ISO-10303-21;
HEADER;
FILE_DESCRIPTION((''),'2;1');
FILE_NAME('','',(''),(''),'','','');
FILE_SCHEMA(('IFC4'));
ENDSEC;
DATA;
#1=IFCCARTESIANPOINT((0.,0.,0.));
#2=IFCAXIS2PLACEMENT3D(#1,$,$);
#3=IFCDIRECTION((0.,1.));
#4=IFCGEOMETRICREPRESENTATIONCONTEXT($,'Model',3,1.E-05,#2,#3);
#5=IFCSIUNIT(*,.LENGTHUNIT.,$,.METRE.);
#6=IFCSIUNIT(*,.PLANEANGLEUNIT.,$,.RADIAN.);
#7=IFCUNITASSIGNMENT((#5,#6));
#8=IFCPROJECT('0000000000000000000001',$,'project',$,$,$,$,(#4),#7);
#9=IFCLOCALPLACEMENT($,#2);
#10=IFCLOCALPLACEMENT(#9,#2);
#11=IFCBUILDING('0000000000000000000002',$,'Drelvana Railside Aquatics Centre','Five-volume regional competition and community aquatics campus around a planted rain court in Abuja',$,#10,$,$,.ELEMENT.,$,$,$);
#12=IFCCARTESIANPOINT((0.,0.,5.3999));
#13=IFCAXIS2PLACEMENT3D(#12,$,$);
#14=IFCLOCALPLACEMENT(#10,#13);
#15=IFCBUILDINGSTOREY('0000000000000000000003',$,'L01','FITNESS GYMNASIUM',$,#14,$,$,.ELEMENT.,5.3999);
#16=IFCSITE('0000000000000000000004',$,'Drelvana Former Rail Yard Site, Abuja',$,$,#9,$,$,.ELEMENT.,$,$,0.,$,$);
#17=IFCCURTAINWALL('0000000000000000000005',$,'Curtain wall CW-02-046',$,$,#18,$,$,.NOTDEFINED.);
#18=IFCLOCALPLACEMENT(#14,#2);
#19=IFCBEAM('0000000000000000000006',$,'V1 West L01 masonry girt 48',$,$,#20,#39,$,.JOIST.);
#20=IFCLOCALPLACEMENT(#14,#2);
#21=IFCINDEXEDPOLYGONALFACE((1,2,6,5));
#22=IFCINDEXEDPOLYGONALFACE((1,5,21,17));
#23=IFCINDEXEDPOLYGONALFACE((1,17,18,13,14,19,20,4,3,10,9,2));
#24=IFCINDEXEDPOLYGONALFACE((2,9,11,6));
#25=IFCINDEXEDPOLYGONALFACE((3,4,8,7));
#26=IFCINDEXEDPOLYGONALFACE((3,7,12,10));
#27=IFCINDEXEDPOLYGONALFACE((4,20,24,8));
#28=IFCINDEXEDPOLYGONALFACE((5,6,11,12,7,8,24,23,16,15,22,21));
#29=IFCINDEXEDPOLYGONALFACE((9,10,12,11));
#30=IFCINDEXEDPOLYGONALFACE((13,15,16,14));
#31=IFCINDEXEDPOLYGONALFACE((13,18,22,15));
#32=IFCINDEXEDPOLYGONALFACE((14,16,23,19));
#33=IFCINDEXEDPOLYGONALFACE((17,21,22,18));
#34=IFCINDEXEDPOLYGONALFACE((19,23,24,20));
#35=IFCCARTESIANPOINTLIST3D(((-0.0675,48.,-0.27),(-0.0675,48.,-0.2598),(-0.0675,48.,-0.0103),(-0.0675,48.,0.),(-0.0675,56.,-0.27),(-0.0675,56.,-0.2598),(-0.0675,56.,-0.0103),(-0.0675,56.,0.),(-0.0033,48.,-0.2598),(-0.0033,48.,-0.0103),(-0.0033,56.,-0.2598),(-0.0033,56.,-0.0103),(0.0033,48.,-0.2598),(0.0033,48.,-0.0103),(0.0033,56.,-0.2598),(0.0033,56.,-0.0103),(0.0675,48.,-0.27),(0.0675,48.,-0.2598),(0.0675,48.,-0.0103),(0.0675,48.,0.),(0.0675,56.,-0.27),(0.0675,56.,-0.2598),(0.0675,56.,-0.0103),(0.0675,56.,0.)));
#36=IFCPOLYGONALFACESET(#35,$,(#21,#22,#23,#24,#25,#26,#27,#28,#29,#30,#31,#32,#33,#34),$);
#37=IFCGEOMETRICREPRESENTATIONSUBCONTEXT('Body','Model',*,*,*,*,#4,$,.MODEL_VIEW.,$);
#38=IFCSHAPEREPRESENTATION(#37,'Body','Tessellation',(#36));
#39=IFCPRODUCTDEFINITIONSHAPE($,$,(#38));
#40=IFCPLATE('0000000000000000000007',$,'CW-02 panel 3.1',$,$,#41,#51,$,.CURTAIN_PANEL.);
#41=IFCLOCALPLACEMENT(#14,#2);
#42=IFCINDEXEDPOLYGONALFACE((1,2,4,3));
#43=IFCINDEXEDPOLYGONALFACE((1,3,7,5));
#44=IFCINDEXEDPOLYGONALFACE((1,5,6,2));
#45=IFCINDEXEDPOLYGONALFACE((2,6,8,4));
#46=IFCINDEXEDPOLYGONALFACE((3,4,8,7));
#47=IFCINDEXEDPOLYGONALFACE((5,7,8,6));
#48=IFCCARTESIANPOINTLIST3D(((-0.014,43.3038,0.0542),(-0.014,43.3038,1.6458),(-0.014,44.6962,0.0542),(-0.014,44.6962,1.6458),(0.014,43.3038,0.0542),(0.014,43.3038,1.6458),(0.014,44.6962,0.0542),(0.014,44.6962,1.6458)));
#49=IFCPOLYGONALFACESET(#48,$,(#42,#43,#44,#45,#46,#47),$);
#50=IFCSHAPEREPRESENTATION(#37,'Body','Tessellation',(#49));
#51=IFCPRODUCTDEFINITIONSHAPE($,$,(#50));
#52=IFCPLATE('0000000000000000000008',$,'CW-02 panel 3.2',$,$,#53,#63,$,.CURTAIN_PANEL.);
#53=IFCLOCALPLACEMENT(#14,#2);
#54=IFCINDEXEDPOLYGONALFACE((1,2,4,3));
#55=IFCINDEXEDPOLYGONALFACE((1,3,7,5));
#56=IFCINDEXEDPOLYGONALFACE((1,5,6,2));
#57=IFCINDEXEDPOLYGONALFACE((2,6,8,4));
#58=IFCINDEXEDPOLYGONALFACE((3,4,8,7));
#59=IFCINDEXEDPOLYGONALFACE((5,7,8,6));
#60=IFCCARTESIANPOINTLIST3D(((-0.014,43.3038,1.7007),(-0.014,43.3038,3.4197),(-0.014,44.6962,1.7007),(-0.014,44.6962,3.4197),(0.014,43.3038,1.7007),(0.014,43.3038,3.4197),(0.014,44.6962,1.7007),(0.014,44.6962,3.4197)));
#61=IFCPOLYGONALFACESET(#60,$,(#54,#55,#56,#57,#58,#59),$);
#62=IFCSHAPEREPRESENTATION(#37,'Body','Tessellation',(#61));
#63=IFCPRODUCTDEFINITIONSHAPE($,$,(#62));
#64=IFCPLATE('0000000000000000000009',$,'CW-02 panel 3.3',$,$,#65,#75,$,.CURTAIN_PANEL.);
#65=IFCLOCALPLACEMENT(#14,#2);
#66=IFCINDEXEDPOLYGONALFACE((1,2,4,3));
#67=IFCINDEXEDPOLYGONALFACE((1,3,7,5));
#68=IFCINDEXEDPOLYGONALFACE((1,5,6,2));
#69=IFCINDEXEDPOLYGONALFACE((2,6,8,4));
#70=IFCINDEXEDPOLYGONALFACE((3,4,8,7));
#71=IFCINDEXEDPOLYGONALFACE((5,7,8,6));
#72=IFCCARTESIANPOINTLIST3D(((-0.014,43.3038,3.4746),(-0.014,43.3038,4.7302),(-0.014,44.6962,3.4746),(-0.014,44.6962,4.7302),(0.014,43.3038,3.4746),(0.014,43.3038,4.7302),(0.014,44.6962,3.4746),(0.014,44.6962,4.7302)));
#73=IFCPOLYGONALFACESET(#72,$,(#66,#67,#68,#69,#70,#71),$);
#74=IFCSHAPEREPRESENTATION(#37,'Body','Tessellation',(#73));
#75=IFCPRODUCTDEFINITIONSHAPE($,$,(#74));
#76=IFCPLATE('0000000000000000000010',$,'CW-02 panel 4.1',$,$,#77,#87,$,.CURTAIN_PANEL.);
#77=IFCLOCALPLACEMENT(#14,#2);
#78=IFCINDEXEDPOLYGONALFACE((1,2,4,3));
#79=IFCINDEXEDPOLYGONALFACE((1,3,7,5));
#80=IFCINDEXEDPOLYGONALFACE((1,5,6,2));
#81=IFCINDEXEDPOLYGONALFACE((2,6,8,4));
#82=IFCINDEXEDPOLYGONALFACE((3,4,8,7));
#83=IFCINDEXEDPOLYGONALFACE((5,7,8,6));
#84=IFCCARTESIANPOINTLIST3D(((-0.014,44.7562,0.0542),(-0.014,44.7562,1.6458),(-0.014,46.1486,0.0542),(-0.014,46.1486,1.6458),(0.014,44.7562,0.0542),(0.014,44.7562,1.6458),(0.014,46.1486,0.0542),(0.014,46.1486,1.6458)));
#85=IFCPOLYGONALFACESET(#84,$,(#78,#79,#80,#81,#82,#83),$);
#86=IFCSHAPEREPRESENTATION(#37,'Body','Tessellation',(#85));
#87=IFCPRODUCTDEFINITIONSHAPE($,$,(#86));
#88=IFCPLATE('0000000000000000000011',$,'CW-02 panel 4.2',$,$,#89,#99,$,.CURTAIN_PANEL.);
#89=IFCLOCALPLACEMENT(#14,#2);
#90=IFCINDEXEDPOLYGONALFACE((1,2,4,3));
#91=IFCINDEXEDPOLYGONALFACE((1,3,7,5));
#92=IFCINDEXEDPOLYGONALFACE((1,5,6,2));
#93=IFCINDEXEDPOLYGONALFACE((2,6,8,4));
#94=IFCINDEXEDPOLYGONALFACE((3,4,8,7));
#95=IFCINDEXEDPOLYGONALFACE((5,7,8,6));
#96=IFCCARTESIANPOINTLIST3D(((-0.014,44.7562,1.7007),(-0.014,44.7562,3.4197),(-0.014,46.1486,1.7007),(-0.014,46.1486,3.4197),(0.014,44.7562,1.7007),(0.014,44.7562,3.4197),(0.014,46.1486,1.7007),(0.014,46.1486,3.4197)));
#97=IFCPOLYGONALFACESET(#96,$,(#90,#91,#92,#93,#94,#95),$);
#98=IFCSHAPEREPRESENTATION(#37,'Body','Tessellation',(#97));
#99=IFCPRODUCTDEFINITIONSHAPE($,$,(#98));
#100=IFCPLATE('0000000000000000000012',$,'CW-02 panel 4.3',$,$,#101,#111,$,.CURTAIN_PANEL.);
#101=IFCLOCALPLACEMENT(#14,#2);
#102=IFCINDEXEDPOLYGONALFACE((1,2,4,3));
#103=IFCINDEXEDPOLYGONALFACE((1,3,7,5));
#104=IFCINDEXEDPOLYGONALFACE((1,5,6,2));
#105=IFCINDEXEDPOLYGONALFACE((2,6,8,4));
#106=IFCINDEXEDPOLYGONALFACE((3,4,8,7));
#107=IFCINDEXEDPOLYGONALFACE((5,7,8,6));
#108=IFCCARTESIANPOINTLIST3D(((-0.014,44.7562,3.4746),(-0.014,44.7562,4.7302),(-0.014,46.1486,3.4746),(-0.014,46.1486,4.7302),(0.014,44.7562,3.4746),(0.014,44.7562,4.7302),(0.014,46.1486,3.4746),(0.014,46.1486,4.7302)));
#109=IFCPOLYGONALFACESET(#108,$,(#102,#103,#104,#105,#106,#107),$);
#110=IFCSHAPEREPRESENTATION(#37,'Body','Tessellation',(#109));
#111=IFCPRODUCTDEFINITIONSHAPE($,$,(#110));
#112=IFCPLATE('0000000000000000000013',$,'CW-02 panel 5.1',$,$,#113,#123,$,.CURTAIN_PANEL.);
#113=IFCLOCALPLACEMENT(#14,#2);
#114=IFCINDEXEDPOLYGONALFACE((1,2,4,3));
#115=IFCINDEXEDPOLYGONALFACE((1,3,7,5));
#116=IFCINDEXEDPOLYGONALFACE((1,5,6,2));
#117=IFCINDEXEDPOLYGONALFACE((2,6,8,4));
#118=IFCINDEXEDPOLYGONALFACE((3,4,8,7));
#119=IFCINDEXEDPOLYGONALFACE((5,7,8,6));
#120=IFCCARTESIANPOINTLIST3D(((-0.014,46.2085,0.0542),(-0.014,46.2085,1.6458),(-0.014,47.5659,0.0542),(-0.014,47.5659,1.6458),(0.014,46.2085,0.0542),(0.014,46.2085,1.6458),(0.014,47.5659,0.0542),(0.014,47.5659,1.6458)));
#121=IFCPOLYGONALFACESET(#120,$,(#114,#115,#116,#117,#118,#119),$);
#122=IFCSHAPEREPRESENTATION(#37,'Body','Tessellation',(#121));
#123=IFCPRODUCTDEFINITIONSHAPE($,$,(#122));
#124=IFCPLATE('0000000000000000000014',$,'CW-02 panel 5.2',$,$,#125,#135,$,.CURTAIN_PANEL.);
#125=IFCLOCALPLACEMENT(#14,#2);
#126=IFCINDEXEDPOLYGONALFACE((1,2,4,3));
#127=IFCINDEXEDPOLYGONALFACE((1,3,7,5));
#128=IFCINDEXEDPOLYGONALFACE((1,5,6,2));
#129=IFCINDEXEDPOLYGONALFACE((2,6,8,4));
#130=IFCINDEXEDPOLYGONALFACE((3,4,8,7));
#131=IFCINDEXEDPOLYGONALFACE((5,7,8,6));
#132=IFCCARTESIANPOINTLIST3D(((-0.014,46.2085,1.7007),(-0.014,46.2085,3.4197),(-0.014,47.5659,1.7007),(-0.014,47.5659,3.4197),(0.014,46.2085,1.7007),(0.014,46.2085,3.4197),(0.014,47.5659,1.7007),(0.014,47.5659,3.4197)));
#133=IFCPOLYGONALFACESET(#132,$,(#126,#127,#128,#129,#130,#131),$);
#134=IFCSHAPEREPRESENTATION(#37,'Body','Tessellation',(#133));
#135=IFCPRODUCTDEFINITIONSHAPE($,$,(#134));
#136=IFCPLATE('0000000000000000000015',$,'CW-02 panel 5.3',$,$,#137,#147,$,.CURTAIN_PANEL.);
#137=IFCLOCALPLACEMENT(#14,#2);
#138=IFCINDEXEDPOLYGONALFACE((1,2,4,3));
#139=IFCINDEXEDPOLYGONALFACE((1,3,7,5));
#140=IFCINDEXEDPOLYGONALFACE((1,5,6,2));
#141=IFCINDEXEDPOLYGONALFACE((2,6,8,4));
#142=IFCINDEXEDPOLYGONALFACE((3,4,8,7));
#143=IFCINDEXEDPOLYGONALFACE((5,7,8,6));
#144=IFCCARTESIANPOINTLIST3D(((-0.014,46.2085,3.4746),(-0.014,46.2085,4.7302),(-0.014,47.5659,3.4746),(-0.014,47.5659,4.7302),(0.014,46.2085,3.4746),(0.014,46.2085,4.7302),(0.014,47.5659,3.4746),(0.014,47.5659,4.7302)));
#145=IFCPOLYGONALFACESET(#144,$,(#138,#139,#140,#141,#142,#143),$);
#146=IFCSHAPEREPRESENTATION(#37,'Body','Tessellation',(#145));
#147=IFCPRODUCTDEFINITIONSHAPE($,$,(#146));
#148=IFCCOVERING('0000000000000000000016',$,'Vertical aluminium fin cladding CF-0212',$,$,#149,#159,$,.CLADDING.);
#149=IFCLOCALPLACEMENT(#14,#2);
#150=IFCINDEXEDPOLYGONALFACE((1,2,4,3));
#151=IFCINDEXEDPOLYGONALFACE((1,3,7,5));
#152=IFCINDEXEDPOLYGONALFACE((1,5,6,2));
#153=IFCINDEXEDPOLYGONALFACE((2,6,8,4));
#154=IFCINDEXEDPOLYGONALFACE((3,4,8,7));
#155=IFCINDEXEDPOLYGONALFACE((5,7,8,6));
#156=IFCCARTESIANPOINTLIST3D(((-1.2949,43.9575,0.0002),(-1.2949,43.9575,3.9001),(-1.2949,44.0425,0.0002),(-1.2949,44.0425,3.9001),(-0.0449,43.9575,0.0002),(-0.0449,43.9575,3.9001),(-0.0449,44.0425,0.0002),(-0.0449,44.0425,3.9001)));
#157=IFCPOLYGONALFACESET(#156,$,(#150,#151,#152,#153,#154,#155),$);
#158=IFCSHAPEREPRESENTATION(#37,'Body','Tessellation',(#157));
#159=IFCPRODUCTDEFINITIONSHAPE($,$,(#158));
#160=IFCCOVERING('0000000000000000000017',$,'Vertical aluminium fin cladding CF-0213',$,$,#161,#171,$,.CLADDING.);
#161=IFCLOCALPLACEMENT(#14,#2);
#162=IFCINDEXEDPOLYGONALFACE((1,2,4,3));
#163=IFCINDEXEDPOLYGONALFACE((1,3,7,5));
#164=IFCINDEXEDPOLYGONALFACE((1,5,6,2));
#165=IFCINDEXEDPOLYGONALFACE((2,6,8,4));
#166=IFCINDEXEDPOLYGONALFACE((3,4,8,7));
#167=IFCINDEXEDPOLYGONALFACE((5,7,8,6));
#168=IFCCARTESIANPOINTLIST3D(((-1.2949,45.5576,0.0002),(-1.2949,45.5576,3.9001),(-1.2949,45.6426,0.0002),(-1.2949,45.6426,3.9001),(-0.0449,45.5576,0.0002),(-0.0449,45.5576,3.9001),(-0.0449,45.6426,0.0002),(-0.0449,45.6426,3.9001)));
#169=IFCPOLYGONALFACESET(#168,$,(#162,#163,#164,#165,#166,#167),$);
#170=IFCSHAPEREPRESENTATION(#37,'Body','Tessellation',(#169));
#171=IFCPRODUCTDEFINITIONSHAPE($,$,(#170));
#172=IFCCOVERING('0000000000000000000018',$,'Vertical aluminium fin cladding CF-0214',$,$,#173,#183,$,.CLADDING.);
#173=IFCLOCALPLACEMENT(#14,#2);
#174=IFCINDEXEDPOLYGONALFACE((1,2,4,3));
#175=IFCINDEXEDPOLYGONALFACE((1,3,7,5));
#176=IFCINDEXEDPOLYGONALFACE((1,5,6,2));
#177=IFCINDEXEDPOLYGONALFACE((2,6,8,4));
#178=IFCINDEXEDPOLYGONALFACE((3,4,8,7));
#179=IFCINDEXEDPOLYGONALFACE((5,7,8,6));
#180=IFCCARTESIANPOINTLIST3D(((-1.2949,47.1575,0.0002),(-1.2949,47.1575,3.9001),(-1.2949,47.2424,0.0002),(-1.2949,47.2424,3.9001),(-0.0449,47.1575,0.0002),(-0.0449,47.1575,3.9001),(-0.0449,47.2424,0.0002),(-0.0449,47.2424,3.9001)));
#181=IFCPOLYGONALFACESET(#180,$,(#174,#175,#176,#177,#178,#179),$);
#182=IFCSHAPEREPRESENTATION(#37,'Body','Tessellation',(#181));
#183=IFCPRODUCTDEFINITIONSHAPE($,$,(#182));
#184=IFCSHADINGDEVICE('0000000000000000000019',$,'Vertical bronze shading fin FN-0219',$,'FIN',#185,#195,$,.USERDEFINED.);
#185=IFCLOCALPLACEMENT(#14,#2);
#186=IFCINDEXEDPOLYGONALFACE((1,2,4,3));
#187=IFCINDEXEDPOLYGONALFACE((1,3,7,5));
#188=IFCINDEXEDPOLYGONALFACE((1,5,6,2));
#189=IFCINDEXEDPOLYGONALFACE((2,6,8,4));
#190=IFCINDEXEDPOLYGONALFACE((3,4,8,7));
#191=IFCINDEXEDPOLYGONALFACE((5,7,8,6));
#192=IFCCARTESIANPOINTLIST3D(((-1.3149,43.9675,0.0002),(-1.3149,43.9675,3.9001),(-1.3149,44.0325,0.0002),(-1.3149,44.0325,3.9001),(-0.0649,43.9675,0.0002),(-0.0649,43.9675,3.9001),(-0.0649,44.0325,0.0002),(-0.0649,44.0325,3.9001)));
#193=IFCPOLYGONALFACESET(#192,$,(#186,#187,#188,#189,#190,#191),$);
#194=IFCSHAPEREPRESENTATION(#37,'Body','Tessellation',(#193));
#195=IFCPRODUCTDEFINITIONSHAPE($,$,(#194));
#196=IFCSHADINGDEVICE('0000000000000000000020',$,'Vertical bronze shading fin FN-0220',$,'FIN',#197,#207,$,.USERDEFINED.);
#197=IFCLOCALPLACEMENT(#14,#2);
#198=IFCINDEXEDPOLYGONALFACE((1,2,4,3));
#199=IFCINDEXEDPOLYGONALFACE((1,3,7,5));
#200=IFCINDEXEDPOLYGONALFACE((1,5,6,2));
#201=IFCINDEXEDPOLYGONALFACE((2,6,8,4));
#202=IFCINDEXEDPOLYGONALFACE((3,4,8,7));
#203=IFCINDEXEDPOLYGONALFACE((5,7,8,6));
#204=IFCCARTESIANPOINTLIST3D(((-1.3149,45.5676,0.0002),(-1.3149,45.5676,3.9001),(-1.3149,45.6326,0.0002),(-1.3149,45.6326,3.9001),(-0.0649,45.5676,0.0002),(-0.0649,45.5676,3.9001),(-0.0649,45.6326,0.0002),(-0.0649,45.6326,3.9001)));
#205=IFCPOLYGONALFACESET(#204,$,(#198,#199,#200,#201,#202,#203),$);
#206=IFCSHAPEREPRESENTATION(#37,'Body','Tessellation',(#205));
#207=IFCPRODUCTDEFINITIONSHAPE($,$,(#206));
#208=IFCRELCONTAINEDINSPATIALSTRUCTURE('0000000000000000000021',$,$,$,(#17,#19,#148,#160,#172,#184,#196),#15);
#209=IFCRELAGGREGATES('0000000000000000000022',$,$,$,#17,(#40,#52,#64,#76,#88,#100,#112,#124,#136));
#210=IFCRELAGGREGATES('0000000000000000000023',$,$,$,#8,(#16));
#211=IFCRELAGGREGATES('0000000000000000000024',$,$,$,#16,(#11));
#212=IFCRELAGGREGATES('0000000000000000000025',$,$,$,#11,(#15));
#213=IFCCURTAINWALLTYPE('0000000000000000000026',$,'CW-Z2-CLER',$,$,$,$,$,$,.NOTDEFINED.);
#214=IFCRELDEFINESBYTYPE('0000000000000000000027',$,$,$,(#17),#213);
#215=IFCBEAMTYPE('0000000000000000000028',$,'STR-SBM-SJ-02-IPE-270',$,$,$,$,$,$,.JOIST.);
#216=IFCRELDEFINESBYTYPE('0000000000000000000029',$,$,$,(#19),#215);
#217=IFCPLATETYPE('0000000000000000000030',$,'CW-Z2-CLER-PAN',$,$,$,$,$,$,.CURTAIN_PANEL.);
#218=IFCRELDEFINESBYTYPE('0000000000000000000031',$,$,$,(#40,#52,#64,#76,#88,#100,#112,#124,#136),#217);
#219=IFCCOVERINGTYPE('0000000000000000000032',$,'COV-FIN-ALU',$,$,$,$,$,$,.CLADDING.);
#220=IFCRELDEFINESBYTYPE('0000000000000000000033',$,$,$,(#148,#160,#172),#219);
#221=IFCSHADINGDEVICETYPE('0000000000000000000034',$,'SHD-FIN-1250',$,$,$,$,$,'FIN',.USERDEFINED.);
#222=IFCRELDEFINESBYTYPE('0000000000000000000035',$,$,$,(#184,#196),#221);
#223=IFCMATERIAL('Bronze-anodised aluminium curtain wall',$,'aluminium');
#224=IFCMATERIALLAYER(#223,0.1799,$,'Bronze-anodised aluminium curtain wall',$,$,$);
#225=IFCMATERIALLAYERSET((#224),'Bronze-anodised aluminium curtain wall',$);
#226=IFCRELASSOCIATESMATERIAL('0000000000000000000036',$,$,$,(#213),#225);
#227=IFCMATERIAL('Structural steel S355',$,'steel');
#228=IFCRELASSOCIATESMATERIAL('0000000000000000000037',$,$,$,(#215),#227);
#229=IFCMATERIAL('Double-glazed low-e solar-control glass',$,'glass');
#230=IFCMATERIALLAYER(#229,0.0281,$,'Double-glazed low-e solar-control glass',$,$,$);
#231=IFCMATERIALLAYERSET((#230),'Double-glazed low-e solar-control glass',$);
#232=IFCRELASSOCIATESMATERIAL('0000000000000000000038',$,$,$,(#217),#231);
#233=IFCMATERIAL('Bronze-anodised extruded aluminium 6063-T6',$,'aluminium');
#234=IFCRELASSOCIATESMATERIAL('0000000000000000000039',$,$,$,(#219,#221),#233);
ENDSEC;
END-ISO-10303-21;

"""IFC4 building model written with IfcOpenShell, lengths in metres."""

from ifc_helpers import new_model, si_unit, direction, frame, origin, origin_2d, place, context, subcontext, project, spatial, rectangle, i_section, extrude, material, layer, layer_set, material_profile, profile_set, type_object, element, aggregate, save


model = new_model("IFC4")

# Units and contexts
model_context = context("Model", 3, precision=1e-05, world=origin(), true_north=direction((0.0, 1.0)))
body_context = subcontext(model_context, "Body", "Model", "MODEL_VIEW")
ifc_project = project(units=[si_unit("LENGTHUNIT", "METRE"), si_unit("PLANEANGLEUNIT", "RADIAN")], contexts=[model_context])

# Site, building, storey
site_placement = place(None, origin())
site = spatial("IfcSite", under=ifc_project, at=site_placement, Name="Drelvana Former Rail Yard Site, Abuja", CompositionType="ELEMENT", RefElevation=0.0)
building_placement = place(site_placement, origin())
building = spatial("IfcBuilding", under=site, at=building_placement, Name="Drelvana Railside Aquatics Centre", Description="Five-volume regional competition and community aquatics campus around a planted rain court in Abuja", CompositionType="ELEMENT")
storey_placement = place(building_placement, frame((0.0, 0.0, 5.3999)))
storey = spatial("IfcBuildingStorey", under=building, at=storey_placement, Name="L01", Description="FITNESS GYMNASIUM", CompositionType="ELEMENT", Elevation=5.3999)

# Curtain wall
ifc_material_1 = material(Name="Bronze-anodised aluminium curtain wall", Category="aluminium")
ifc_layer_1 = layer(ifc_material_1, 0.1799, Name="Bronze-anodised aluminium curtain wall")
ifc_layer_set_1 = layer_set([ifc_layer_1], Name="Bronze-anodised aluminium curtain wall")
curtain_wall_type = type_object("IfcCurtainWallType", Name="CW-Z2-CLER", PredefinedType="NOTDEFINED", material=ifc_layer_set_1)
curtain_wall_placement = place(storey_placement, origin())
curtain_wall = element("IfcCurtainWall", 1, at=curtain_wall_placement, inside=storey, type_object=curtain_wall_type, Name="Curtain wall CW-02-046", PredefinedType="NOTDEFINED")

# Beam
ifc_material_2 = material(Name="Structural steel S355", Category="steel")
ifc_material_profile_1 = material_profile(ifc_material_2, i_section(OverallWidth=0.135, OverallDepth=0.27, WebThickness=0.0066, FlangeThickness=0.0103, at=origin_2d()), Name="IPE 270")
ifc_profile_set_1 = profile_set([ifc_material_profile_1], Name="Structural steel S355")
beam_type = type_object("IfcBeamType", Name="STR-SBM-SJ-02-IPE-270", PredefinedType="JOIST", material=ifc_profile_set_1)
beam_placement = place(storey_placement, frame((0.0, 48.0, -0.135), z_axis=(0.0, 1.0, 0.0), x_axis=(-1.0, 0.0, 0.0)))
element("IfcBeam", 2, at=beam_placement, inside=storey, type_object=beam_type, Name="V1 West L01 masonry girt 48", PredefinedType="JOIST", context=body_context, shape_type="SweptSolid", body=[
    extrude(i_section(OverallWidth=0.135, OverallDepth=0.27, WebThickness=0.0066, FlangeThickness=0.0103, at=origin_2d()), origin(), (0.0, 0.0, 1.0), 8.0),
])

# Plates
ifc_material_3 = material(Name="Double-glazed low-e solar-control glass", Category="glass")
ifc_layer_2 = layer(ifc_material_3, 0.0281, Name="Double-glazed low-e solar-control glass")
ifc_layer_set_2 = layer_set([ifc_layer_2], Name="Double-glazed low-e solar-control glass")
plate_type = type_object("IfcPlateType", Name="CW-Z2-CLER-PAN", PredefinedType="CURTAIN_PANEL", material=ifc_layer_set_2)
plate_1_placement = place(storey_placement, frame((0.0, 44.0, 0.0542), z_axis=(0.0, 0.0, 1.0), x_axis=(0.0, 1.0, 0.0)))
plate_1 = element("IfcPlate", 3, at=plate_1_placement, type_object=plate_type, Name="CW-02 panel 3.1", PredefinedType="CURTAIN_PANEL", context=body_context, shape_type="SweptSolid", body=[
    extrude(rectangle(XDim=1.3923, YDim=0.0281, at=origin_2d()), origin(), (0.0, 0.0, 1.0), 1.5916),
])
plate_2_placement = place(storey_placement, frame((0.0, 44.0, 1.7007), z_axis=(0.0, 0.0, 1.0), x_axis=(0.0, 1.0, 0.0)))
plate_2 = element("IfcPlate", 4, at=plate_2_placement, type_object=plate_type, Name="CW-02 panel 3.2", PredefinedType="CURTAIN_PANEL", context=body_context, shape_type="SweptSolid", body=[
    extrude(rectangle(XDim=1.3923, YDim=0.0281, at=origin_2d()), origin(), (0.0, 0.0, 1.0), 1.719),
])
plate_3_placement = place(storey_placement, frame((0.0, 44.0, 3.4746), z_axis=(0.0, 0.0, 1.0), x_axis=(0.0, 1.0, 0.0)))
plate_3 = element("IfcPlate", 5, at=plate_3_placement, type_object=plate_type, Name="CW-02 panel 3.3", PredefinedType="CURTAIN_PANEL", context=body_context, shape_type="SweptSolid", body=[
    extrude(rectangle(XDim=1.3923, YDim=0.0281, at=origin_2d()), origin(), (0.0, 0.0, 1.0), 1.2556),
])
plate_4_placement = place(storey_placement, frame((0.0, 45.4524, 0.0542), z_axis=(0.0, 0.0, 1.0), x_axis=(0.0, 1.0, 0.0)))
plate_4 = element("IfcPlate", 6, at=plate_4_placement, type_object=plate_type, Name="CW-02 panel 4.1", PredefinedType="CURTAIN_PANEL", context=body_context, shape_type="SweptSolid", body=[
    extrude(rectangle(XDim=1.3923, YDim=0.0281, at=origin_2d()), origin(), (0.0, 0.0, 1.0), 1.5916),
])
plate_5_placement = place(storey_placement, frame((0.0, 45.4524, 1.7007), z_axis=(0.0, 0.0, 1.0), x_axis=(0.0, 1.0, 0.0)))
plate_5 = element("IfcPlate", 7, at=plate_5_placement, type_object=plate_type, Name="CW-02 panel 4.2", PredefinedType="CURTAIN_PANEL", context=body_context, shape_type="SweptSolid", body=[
    extrude(rectangle(XDim=1.3923, YDim=0.0281, at=origin_2d()), origin(), (0.0, 0.0, 1.0), 1.719),
])
plate_6_placement = place(storey_placement, frame((0.0, 45.4524, 3.4746), z_axis=(0.0, 0.0, 1.0), x_axis=(0.0, 1.0, 0.0)))
plate_6 = element("IfcPlate", 8, at=plate_6_placement, type_object=plate_type, Name="CW-02 panel 4.3", PredefinedType="CURTAIN_PANEL", context=body_context, shape_type="SweptSolid", body=[
    extrude(rectangle(XDim=1.3923, YDim=0.0281, at=origin_2d()), origin(), (0.0, 0.0, 1.0), 1.2556),
])
plate_7_placement = place(storey_placement, frame((0.0, 46.8872, 0.0542), z_axis=(0.0, 0.0, 1.0), x_axis=(0.0, 1.0, 0.0)))
plate_7 = element("IfcPlate", 9, at=plate_7_placement, type_object=plate_type, Name="CW-02 panel 5.1", PredefinedType="CURTAIN_PANEL", context=body_context, shape_type="SweptSolid", body=[
    extrude(rectangle(XDim=1.3574, YDim=0.0281, at=origin_2d()), origin(), (0.0, 0.0, 1.0), 1.5916),
])
plate_8_placement = place(storey_placement, frame((0.0, 46.8872, 1.7007), z_axis=(0.0, 0.0, 1.0), x_axis=(0.0, 1.0, 0.0)))
plate_8 = element("IfcPlate", 10, at=plate_8_placement, type_object=plate_type, Name="CW-02 panel 5.2", PredefinedType="CURTAIN_PANEL", context=body_context, shape_type="SweptSolid", body=[
    extrude(rectangle(XDim=1.3574, YDim=0.0281, at=origin_2d()), origin(), (0.0, 0.0, 1.0), 1.719),
])
plate_9_placement = place(storey_placement, frame((0.0, 46.8872, 3.4746), z_axis=(0.0, 0.0, 1.0), x_axis=(0.0, 1.0, 0.0)))
plate_9 = element("IfcPlate", 11, at=plate_9_placement, type_object=plate_type, Name="CW-02 panel 5.3", PredefinedType="CURTAIN_PANEL", context=body_context, shape_type="SweptSolid", body=[
    extrude(rectangle(XDim=1.3574, YDim=0.0281, at=origin_2d()), origin(), (0.0, 0.0, 1.0), 1.2556),
])
aggregate(curtain_wall, [plate_1, plate_2, plate_3, plate_4, plate_5, plate_6, plate_7, plate_8, plate_9])

# Coverings
ifc_material_4 = material(Name="Bronze-anodised extruded aluminium 6063-T6", Category="aluminium")
covering_type = type_object("IfcCoveringType", Name="COV-FIN-ALU", PredefinedType="CLADDING", material=ifc_material_4)
for number, where, z_axis, x_axis, name in (
    (12, (-0.6699, 44.0, 0.0002), (0.0, 0.0, 1.0), (0.0, 1.0, 0.0), "Vertical aluminium fin cladding CF-0212"),
    (13, (-0.6699, 45.6001, 0.0002), (0.0, 0.0, 1.0), (0.0, 1.0, 0.0), "Vertical aluminium fin cladding CF-0213"),
    (14, (-0.6699, 47.2, 0.0002), (0.0, 0.0, 1.0), (0.0, 1.0, 0.0), "Vertical aluminium fin cladding CF-0214"),
):
    element("IfcCovering", number, at=place(storey_placement, frame(where, z_axis=z_axis, x_axis=x_axis)), inside=storey, type_object=covering_type, Name=name, PredefinedType="CLADDING", context=body_context, shape_type="SweptSolid", body=[
        extrude(rectangle(XDim=0.085, YDim=1.25, at=origin_2d()), origin(), (0.0, 0.0, 1.0), 3.8999),
    ])

# Shading devices
shading_device_type = type_object("IfcShadingDeviceType", Name="SHD-FIN-1250", ElementType="FIN", PredefinedType="USERDEFINED", material=ifc_material_4)
for number, where, z_axis, x_axis, name in (
    (15, (-0.6899, 44.0, 0.0002), (0.0, 0.0, 1.0), (-1.0, 0.0, 0.0), "Vertical bronze shading fin FN-0219"),
    (16, (-0.6899, 45.6001, 0.0002), (0.0, 0.0, 1.0), (-1.0, 0.0, 0.0), "Vertical bronze shading fin FN-0220"),
):
    element("IfcShadingDevice", number, at=place(storey_placement, frame(where, z_axis=z_axis, x_axis=x_axis)), inside=storey, type_object=shading_device_type, Name=name, ObjectType="FIN", PredefinedType="USERDEFINED", context=body_context, shape_type="SweptSolid", body=[
        extrude(rectangle(XDim=1.25, YDim=0.0649, at=origin_2d()), origin(), (0.0, 0.0, 1.0), 3.8999),
    ])

save(model, "model.ifc")
